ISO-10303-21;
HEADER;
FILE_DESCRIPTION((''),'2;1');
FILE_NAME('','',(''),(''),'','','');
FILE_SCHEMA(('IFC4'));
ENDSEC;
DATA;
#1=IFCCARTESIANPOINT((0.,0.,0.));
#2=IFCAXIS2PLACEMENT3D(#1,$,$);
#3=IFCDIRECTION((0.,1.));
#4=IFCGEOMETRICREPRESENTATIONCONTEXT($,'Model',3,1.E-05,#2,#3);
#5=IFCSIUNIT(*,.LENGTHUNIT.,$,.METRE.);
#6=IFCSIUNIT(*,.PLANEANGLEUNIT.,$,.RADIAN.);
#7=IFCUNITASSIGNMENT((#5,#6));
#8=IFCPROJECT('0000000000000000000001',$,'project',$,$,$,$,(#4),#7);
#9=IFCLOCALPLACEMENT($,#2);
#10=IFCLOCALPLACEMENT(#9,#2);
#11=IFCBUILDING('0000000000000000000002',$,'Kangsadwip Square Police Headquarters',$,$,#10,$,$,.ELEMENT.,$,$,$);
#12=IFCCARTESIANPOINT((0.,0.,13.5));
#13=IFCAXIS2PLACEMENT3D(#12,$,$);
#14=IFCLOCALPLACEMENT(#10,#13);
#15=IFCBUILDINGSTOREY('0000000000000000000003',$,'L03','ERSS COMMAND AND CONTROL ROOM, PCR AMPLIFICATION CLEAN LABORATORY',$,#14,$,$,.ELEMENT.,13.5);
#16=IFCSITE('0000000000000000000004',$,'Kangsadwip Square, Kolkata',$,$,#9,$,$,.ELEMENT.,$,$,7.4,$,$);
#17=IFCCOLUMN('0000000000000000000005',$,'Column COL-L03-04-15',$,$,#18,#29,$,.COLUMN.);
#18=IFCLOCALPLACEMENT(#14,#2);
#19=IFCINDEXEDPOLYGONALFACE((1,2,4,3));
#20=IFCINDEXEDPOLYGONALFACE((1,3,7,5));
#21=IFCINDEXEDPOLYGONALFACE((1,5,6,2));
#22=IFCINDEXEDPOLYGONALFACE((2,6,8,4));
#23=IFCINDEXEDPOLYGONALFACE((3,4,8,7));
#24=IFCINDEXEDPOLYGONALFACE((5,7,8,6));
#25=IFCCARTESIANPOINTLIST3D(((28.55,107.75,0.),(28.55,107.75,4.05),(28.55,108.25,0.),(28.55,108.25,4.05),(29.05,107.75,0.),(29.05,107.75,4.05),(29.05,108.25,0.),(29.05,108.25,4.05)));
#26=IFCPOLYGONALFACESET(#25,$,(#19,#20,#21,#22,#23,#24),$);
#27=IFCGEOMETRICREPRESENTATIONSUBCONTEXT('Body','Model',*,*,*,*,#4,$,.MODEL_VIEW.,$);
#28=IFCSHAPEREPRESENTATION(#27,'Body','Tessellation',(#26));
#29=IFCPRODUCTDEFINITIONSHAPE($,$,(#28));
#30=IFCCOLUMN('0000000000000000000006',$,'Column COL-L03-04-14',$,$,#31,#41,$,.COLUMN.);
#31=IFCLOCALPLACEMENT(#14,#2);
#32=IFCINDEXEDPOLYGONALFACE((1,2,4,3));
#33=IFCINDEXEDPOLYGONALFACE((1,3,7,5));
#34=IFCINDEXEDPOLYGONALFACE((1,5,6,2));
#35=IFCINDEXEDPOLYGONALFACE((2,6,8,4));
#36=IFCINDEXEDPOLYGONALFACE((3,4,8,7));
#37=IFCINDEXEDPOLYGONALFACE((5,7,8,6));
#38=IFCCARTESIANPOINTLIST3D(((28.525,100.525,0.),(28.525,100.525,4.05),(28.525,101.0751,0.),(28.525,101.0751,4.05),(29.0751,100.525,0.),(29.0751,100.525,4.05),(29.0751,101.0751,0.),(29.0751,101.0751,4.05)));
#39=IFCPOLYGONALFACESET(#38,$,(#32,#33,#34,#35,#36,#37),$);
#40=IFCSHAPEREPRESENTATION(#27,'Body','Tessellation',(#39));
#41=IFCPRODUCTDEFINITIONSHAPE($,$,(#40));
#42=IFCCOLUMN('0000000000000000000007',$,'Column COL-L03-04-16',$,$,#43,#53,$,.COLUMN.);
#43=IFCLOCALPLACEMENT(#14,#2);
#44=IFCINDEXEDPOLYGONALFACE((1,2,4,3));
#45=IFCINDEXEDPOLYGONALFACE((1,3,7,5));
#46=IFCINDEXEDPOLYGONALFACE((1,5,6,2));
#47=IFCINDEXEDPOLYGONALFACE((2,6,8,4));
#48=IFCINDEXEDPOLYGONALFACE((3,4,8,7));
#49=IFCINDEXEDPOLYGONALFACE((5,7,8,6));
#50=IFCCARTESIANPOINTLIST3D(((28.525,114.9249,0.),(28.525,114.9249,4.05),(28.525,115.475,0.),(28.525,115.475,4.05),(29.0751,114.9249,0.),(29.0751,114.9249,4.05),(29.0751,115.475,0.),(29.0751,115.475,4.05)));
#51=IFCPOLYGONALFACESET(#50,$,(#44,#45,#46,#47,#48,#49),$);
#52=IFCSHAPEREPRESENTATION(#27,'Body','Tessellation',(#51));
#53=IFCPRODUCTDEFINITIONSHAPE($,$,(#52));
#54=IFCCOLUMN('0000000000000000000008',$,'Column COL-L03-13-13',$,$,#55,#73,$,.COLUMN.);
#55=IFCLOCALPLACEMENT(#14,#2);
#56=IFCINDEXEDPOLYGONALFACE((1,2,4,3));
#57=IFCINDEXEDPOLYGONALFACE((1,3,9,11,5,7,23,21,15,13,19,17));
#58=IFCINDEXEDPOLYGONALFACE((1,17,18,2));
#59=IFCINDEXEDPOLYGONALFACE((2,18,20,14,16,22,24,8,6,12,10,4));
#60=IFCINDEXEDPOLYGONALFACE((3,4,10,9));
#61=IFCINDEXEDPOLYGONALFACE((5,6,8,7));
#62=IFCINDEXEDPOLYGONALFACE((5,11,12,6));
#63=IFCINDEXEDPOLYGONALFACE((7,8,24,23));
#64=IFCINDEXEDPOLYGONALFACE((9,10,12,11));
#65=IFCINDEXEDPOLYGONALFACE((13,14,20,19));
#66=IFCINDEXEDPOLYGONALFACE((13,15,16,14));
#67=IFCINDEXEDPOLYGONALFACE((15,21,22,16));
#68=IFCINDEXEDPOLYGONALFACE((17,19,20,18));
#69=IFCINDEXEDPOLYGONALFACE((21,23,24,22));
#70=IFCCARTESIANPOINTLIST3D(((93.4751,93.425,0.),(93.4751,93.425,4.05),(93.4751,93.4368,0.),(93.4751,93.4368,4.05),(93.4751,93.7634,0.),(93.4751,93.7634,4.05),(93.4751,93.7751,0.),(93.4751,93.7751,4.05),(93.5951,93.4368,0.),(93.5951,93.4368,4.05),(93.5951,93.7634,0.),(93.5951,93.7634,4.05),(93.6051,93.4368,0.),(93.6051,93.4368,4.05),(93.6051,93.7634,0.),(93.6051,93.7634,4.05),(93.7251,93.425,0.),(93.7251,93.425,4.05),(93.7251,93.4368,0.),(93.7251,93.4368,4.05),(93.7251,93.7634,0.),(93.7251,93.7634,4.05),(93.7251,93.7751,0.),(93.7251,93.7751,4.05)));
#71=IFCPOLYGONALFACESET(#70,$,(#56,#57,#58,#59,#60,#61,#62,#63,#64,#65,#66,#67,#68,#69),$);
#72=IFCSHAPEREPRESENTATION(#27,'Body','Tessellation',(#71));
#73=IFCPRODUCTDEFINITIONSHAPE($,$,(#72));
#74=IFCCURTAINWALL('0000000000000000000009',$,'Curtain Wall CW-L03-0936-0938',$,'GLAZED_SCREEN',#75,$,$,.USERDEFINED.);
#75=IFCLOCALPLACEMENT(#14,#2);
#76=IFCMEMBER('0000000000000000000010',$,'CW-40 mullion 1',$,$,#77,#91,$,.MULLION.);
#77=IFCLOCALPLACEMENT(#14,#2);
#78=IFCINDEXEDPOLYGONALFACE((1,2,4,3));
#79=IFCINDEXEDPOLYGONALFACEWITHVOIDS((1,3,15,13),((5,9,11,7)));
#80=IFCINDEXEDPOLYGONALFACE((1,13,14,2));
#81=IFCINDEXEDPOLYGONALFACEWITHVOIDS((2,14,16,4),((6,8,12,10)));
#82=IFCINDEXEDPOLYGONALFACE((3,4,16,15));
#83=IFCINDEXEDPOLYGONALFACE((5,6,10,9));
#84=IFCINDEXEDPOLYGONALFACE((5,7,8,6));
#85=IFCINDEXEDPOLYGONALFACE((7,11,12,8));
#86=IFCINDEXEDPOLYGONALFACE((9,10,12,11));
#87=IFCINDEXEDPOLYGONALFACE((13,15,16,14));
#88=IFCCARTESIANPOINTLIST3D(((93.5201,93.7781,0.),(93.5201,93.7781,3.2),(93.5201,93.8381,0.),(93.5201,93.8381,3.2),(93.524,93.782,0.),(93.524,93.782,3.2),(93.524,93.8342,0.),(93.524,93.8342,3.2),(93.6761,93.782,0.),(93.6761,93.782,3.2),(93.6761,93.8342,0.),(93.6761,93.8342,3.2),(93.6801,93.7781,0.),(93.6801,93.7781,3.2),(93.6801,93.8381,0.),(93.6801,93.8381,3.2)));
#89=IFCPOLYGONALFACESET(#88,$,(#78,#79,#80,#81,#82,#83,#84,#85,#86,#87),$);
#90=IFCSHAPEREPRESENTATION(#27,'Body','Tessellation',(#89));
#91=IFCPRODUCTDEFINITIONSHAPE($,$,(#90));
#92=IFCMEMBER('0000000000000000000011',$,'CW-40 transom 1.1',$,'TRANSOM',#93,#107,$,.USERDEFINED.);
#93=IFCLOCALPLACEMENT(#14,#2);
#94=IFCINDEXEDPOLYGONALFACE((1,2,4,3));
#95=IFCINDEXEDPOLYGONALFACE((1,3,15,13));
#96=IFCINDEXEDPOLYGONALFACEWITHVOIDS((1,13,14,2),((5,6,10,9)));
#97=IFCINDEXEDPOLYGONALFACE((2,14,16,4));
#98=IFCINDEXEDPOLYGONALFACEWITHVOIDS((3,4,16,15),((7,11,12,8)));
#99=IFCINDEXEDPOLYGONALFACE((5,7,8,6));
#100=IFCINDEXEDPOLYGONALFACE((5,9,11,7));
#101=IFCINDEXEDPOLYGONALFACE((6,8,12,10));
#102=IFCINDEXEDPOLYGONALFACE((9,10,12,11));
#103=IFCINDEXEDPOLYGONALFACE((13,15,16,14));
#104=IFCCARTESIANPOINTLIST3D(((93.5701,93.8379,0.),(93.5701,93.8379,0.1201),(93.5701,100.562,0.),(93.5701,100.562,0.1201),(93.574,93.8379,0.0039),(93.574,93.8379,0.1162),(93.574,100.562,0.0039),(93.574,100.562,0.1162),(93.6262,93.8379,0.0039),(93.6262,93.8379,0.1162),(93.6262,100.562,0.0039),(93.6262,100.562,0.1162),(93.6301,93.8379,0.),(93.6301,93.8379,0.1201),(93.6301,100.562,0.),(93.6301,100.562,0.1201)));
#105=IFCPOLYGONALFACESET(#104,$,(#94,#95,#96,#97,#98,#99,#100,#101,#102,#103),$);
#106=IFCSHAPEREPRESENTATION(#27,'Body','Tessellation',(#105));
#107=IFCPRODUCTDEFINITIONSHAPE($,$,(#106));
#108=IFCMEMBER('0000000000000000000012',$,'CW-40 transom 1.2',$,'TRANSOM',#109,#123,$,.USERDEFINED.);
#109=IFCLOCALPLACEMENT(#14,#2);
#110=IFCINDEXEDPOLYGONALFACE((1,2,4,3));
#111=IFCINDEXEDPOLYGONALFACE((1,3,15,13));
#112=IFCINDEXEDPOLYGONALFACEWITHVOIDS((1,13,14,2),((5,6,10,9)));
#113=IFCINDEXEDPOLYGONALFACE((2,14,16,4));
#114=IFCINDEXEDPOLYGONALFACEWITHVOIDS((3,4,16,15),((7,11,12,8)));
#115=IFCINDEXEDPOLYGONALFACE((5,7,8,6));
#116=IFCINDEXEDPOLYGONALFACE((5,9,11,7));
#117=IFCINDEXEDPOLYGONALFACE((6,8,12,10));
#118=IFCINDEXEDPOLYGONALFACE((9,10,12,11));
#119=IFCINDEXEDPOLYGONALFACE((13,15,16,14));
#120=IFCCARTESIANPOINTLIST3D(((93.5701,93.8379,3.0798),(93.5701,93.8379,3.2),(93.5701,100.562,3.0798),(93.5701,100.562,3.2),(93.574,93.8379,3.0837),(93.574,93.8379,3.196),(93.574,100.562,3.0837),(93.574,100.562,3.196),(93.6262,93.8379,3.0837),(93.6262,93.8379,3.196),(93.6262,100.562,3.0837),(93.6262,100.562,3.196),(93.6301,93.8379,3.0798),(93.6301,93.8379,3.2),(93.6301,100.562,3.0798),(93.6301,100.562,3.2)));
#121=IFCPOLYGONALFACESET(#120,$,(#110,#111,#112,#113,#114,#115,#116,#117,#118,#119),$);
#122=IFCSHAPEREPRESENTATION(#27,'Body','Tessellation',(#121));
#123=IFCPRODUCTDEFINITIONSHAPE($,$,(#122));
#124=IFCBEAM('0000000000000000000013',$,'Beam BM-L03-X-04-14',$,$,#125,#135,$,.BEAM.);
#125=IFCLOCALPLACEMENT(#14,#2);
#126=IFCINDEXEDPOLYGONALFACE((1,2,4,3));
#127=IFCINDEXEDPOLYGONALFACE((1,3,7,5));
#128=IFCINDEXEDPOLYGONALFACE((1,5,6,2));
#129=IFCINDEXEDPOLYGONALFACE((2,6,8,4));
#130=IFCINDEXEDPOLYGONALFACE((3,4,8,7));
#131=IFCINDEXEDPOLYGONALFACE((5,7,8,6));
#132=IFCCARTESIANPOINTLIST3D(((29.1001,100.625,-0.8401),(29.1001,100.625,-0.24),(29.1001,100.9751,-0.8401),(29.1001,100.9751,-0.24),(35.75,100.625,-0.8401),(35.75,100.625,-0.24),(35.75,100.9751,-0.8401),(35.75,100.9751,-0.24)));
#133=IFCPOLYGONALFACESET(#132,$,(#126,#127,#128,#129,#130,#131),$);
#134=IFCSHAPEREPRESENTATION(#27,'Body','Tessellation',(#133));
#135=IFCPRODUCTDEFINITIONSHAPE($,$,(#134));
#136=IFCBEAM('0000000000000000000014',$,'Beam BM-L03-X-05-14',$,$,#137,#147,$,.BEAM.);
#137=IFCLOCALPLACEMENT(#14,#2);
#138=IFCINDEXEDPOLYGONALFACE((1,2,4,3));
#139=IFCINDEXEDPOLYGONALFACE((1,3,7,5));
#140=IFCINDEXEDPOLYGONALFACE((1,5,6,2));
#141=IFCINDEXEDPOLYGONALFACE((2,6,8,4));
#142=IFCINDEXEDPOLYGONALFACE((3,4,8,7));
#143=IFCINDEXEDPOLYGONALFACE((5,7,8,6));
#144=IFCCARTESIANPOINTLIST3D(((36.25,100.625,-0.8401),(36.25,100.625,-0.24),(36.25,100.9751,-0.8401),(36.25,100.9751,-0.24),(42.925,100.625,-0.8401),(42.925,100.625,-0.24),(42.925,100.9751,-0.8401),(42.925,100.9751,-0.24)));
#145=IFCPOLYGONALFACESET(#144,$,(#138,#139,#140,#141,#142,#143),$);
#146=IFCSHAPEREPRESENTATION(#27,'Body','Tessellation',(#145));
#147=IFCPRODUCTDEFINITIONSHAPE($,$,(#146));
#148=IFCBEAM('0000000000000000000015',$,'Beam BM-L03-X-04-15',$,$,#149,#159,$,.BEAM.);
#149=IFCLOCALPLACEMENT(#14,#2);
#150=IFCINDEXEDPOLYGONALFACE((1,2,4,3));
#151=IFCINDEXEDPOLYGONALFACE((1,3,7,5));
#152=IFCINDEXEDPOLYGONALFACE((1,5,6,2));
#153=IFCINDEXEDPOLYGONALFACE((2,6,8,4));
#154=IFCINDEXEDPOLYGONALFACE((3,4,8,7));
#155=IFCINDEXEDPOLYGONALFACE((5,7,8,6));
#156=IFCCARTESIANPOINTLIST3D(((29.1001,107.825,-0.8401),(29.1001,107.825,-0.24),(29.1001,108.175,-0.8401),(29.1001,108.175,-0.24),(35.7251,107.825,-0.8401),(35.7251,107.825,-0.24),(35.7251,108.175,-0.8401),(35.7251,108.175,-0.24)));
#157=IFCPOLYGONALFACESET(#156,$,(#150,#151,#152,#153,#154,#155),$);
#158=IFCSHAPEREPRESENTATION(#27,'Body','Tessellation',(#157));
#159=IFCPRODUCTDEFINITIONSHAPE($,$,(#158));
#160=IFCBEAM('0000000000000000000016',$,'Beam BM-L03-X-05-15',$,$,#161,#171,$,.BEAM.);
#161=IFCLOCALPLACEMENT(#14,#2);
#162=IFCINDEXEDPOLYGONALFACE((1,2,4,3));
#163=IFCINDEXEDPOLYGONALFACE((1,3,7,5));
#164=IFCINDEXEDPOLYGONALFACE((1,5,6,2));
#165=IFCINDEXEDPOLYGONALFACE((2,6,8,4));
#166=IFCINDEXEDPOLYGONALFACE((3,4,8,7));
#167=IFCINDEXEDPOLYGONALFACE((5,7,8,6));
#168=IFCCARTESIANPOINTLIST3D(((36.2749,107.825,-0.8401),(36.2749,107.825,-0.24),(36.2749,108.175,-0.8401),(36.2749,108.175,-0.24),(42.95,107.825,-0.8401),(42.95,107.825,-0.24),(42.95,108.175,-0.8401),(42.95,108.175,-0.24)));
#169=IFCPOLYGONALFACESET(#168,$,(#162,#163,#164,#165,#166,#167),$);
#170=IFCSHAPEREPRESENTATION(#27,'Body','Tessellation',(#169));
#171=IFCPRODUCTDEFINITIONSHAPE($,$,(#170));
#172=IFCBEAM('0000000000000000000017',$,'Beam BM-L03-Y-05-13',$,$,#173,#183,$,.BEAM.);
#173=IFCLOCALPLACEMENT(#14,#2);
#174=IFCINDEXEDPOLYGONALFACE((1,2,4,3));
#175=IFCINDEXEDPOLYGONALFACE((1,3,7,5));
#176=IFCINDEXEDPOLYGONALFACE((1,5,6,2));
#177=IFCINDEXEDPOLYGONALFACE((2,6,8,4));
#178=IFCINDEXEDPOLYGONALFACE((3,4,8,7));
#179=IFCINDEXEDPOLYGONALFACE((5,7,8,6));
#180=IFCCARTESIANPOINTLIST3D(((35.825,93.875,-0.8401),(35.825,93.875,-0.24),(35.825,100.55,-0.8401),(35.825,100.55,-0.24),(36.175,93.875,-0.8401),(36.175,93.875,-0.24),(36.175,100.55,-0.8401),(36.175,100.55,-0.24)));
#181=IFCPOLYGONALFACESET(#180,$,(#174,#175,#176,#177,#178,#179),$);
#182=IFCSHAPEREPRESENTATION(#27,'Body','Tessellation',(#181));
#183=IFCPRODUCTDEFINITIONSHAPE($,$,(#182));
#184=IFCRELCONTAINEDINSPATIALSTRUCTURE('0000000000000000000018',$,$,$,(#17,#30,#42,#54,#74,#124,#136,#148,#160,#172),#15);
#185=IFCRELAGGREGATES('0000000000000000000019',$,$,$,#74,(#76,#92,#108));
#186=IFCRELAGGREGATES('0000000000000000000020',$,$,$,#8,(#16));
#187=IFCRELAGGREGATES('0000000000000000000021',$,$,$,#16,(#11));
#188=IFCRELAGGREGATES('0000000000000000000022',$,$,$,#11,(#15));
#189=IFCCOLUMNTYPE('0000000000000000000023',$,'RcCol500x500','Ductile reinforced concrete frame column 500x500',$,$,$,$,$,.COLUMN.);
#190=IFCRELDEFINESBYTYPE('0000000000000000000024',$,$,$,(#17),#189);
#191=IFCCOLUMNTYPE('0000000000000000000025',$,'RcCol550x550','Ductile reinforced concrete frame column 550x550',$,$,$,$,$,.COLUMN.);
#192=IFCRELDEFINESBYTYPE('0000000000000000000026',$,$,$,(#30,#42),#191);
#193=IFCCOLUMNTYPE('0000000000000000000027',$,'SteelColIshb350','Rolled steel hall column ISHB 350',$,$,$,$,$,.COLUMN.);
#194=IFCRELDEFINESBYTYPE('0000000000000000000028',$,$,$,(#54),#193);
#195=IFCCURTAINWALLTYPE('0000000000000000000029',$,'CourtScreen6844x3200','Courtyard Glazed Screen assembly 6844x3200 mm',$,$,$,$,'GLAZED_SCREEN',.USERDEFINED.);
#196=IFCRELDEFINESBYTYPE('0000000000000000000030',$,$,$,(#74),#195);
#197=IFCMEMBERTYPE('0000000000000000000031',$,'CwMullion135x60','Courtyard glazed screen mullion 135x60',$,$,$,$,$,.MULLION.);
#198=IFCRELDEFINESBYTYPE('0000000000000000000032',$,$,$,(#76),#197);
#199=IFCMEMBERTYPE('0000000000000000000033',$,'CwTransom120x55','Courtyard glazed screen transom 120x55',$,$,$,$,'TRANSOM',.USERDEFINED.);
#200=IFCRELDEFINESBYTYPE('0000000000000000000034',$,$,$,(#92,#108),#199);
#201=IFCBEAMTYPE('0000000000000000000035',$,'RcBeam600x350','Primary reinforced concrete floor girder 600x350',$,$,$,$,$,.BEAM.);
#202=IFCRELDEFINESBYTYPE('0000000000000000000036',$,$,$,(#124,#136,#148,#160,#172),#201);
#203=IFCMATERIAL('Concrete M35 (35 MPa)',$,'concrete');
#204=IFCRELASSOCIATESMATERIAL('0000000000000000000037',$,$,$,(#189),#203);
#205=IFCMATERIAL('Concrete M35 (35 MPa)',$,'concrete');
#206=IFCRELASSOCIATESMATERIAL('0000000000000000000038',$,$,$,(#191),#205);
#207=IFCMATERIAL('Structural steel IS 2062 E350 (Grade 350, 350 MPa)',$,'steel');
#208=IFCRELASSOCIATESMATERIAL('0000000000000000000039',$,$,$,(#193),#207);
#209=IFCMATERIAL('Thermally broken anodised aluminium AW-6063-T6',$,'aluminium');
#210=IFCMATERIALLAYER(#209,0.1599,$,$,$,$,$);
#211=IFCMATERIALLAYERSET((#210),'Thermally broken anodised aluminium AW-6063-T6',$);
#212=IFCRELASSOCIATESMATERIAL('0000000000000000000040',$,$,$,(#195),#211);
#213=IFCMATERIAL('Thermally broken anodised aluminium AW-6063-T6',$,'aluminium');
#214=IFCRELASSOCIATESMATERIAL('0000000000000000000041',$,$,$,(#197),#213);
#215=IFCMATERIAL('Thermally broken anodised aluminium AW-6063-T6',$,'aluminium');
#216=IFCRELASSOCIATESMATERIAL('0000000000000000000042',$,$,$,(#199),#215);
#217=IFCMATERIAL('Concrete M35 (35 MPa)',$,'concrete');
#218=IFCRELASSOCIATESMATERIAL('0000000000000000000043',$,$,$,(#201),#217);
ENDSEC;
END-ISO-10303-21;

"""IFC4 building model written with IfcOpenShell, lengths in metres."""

from ifc_helpers import new_model, si_unit, direction, frame, origin, origin_2d, place, context, subcontext, project, spatial, rectangle, hollow_rectangle, i_section, extrude, material, layer, layer_set, material_profile, profile_set, type_object, element, aggregate, save


model = new_model("IFC4")

# Units and contexts
model_context = context("Model", 3, precision=1e-05, world=origin(), true_north=direction((0.0, 1.0)))
body_context = subcontext(model_context, "Body", "Model", "MODEL_VIEW")
ifc_project = project(units=[si_unit("LENGTHUNIT", "METRE"), si_unit("PLANEANGLEUNIT", "RADIAN")], contexts=[model_context])

# Site, building, storey
site_placement = place(None, origin())
site = spatial("IfcSite", under=ifc_project, at=site_placement, Name="Kangsadwip Square, Kolkata", CompositionType="ELEMENT", RefElevation=7.4)
building_placement = place(site_placement, origin())
building = spatial("IfcBuilding", under=site, at=building_placement, Name="Kangsadwip Square Police Headquarters", CompositionType="ELEMENT")
storey_placement = place(building_placement, frame((0.0, 0.0, 13.5)))
storey = spatial("IfcBuildingStorey", under=building, at=storey_placement, Name="L03", Description="ERSS COMMAND AND CONTROL ROOM, PCR AMPLIFICATION CLEAN LABORATORY", CompositionType="ELEMENT", Elevation=13.5)

# Columns
ifc_material_1 = material(Name="Concrete M35 (35 MPa)", Category="concrete")
ifc_material_profile_1 = material_profile(ifc_material_1, rectangle(XDim=0.5, YDim=0.5, at=origin_2d()), Name="RC COL 500X500")
ifc_profile_set_1 = profile_set([ifc_material_profile_1], Name="Concrete M35 (35 MPa)")
column_type_1 = type_object("IfcColumnType", Name="RcCol500x500", Description="Ductile reinforced concrete frame column 500x500", PredefinedType="COLUMN", material=ifc_profile_set_1)
column_1_placement = place(storey_placement, frame((28.8, 108.0, 0.0), z_axis=(0.0, 0.0, 1.0), x_axis=(1.0, 0.0, 0.0)))
element("IfcColumn", 1, at=column_1_placement, inside=storey, type_object=column_type_1, Name="Column COL-L03-04-15", PredefinedType="COLUMN", context=body_context, shape_type="SweptSolid", body=[
    extrude(rectangle(XDim=0.5, YDim=0.5, at=origin_2d()), origin(), (0.0, 0.0, 1.0), 4.05),
])
ifc_material_2 = material(Name="Concrete M35 (35 MPa)", Category="concrete")
ifc_material_profile_2 = material_profile(ifc_material_2, rectangle(XDim=0.55, YDim=0.55, at=origin_2d()), Name="RC COL 550X550")
ifc_profile_set_2 = profile_set([ifc_material_profile_2], Name="Concrete M35 (35 MPa)")
column_type_2 = type_object("IfcColumnType", Name="RcCol550x550", Description="Ductile reinforced concrete frame column 550x550", PredefinedType="COLUMN", material=ifc_profile_set_2)
for number, where, z_axis, x_axis, name in (
    (2, (28.8, 100.8, 0.0), (0.0, 0.0, 1.0), (1.0, 0.0, 0.0), "Column COL-L03-04-14"),
    (3, (28.8, 115.2, 0.0), (0.0, 0.0, 1.0), (1.0, 0.0, 0.0), "Column COL-L03-04-16"),
):
    element("IfcColumn", number, at=place(storey_placement, frame(where, z_axis=z_axis, x_axis=x_axis)), inside=storey, type_object=column_type_2, Name=name, PredefinedType="COLUMN", context=body_context, shape_type="SweptSolid", body=[
        extrude(rectangle(XDim=0.55, YDim=0.55, at=origin_2d()), origin(), (0.0, 0.0, 1.0), 4.05),
    ])
ifc_material_3 = material(Name="Structural steel IS 2062 E350 (Grade 350, 350 MPa)", Category="steel")
ifc_material_profile_3 = material_profile(ifc_material_3, i_section(OverallWidth=0.25, OverallDepth=0.3501, WebThickness=0.01, FlangeThickness=0.0117, at=origin_2d()), Name="ISHB 350")
ifc_profile_set_3 = profile_set([ifc_material_profile_3], Name="Structural steel IS 2062 E350 (Grade 350, 350 MPa)")
column_type_3 = type_object("IfcColumnType", Name="SteelColIshb350", Description="Rolled steel hall column ISHB 350", PredefinedType="COLUMN", material=ifc_profile_set_3)
column_2_placement = place(storey_placement, frame((93.6001, 93.6001, 0.0), z_axis=(0.0, 0.0, 1.0), x_axis=(1.0, 0.0, 0.0)))
element("IfcColumn", 4, at=column_2_placement, inside=storey, type_object=column_type_3, Name="Column COL-L03-13-13", PredefinedType="COLUMN", context=body_context, shape_type="SweptSolid", body=[
    extrude(i_section(OverallWidth=0.25, OverallDepth=0.3501, WebThickness=0.01, FlangeThickness=0.0117, at=origin_2d()), origin(), (0.0, 0.0, 1.0), 4.05),
])

# Curtain wall, members
ifc_material_4 = material(Name="Thermally broken anodised aluminium AW-6063-T6", Category="aluminium")
ifc_layer_1 = layer(ifc_material_4, 0.1599)
ifc_layer_set_1 = layer_set([ifc_layer_1], Name="Thermally broken anodised aluminium AW-6063-T6")
curtain_wall_type = type_object("IfcCurtainWallType", Name="CourtScreen6844x3200", Description="Courtyard Glazed Screen assembly 6844x3200 mm", ElementType="GLAZED_SCREEN", PredefinedType="USERDEFINED", material=ifc_layer_set_1)
curtain_wall_placement = place(storey_placement, origin())
curtain_wall = element("IfcCurtainWall", 5, at=curtain_wall_placement, inside=storey, type_object=curtain_wall_type, Name="Curtain Wall CW-L03-0936-0938", ObjectType="GLAZED_SCREEN", PredefinedType="USERDEFINED")
ifc_material_5 = material(Name="Thermally broken anodised aluminium AW-6063-T6", Category="aluminium")
ifc_material_profile_4 = material_profile(ifc_material_5, hollow_rectangle(XDim=0.0601, YDim=0.1599, WallThickness=0.0039, at=origin_2d()), Name="CWM 160X60X4")
ifc_profile_set_4 = profile_set([ifc_material_profile_4], Name="Thermally broken anodised aluminium AW-6063-T6")
member_type_1 = type_object("IfcMemberType", Name="CwMullion135x60", Description="Courtyard glazed screen mullion 135x60", PredefinedType="MULLION", material=ifc_profile_set_4)
member_1_placement = place(storey_placement, frame((93.6001, 93.8081, 0.0), z_axis=(0.0, 0.0, 1.0), x_axis=(0.0, 1.0, 0.0)))
member_1 = element("IfcMember", 6, at=member_1_placement, type_object=member_type_1, Name="CW-40 mullion 1", PredefinedType="MULLION", context=body_context, shape_type="SweptSolid", body=[
    extrude(hollow_rectangle(XDim=0.0601, YDim=0.1599, WallThickness=0.0039, at=origin_2d()), origin(), (0.0, 0.0, 1.0), 3.2),
])
ifc_material_6 = material(Name="Thermally broken anodised aluminium AW-6063-T6", Category="aluminium")
ifc_material_profile_5 = material_profile(ifc_material_6, hollow_rectangle(XDim=0.0601, YDim=0.1201, WallThickness=0.0039, at=origin_2d()), Name="CWT 120X60X4")
ifc_profile_set_5 = profile_set([ifc_material_profile_5], Name="Thermally broken anodised aluminium AW-6063-T6")
member_type_2 = type_object("IfcMemberType", Name="CwTransom120x55", Description="Courtyard glazed screen transom 120x55", ElementType="TRANSOM", PredefinedType="USERDEFINED", material=ifc_profile_set_5)
member_2_placement = place(storey_placement, frame((93.6001, 93.8379, 0.0601), z_axis=(0.0, 1.0, 0.0), x_axis=(-1.0, 0.0, 0.0)))
member_2 = element("IfcMember", 7, at=member_2_placement, type_object=member_type_2, Name="CW-40 transom 1.1", ObjectType="TRANSOM", PredefinedType="USERDEFINED", context=body_context, shape_type="SweptSolid", body=[
    extrude(hollow_rectangle(XDim=0.0601, YDim=0.1201, WallThickness=0.0039, at=origin_2d()), origin(), (0.0, 0.0, 1.0), 6.7241),
])
member_3_placement = place(storey_placement, frame((93.6001, 93.8379, 3.1399), z_axis=(0.0, 1.0, 0.0), x_axis=(-1.0, 0.0, 0.0)))
member_3 = element("IfcMember", 8, at=member_3_placement, type_object=member_type_2, Name="CW-40 transom 1.2", ObjectType="TRANSOM", PredefinedType="USERDEFINED", context=body_context, shape_type="SweptSolid", body=[
    extrude(hollow_rectangle(XDim=0.0601, YDim=0.1201, WallThickness=0.0039, at=origin_2d()), origin(), (0.0, 0.0, 1.0), 6.7241),
])
aggregate(curtain_wall, [member_1, member_2, member_3])

# Beams
ifc_material_7 = material(Name="Concrete M35 (35 MPa)", Category="concrete")
ifc_material_profile_6 = material_profile(ifc_material_7, rectangle(XDim=0.3501, YDim=0.6001, at=origin_2d()), Name="RC BM 600X350")
ifc_profile_set_6 = profile_set([ifc_material_profile_6], Name="Concrete M35 (35 MPa)")
beam_type_1 = type_object("IfcBeamType", Name="RcBeam600x350", Description="Primary reinforced concrete floor girder 600x350", PredefinedType="BEAM", material=ifc_profile_set_6)
beam_1_placement = place(storey_placement, frame((29.1001, 100.8, -0.54), z_axis=(1.0, 0.0, 0.0), x_axis=(0.0, 1.0, 0.0)))
element("IfcBeam", 9, at=beam_1_placement, inside=storey, type_object=beam_type_1, Name="Beam BM-L03-X-04-14", PredefinedType="BEAM", context=body_context, shape_type="SweptSolid", body=[
    extrude(rectangle(XDim=0.3501, YDim=0.6001, at=origin_2d()), origin(), (0.0, 0.0, 1.0), 6.6499),
])
beam_2_placement = place(storey_placement, frame((36.25, 100.8, -0.54), z_axis=(1.0, 0.0, 0.0), x_axis=(0.0, 1.0, 0.0)))
element("IfcBeam", 10, at=beam_2_placement, inside=storey, type_object=beam_type_1, Name="Beam BM-L03-X-05-14", PredefinedType="BEAM", context=body_context, shape_type="SweptSolid", body=[
    extrude(rectangle(XDim=0.3501, YDim=0.6001, at=origin_2d()), origin(), (0.0, 0.0, 1.0), 6.675),
])
beam_3_placement = place(storey_placement, frame((29.1001, 108.0, -0.54), z_axis=(1.0, 0.0, 0.0), x_axis=(0.0, 1.0, 0.0)))
element("IfcBeam", 11, at=beam_3_placement, inside=storey, type_object=beam_type_1, Name="Beam BM-L03-X-04-15", PredefinedType="BEAM", context=body_context, shape_type="SweptSolid", body=[
    extrude(rectangle(XDim=0.3501, YDim=0.6001, at=origin_2d()), origin(), (0.0, 0.0, 1.0), 6.625),
])
for number, where, z_axis, x_axis, name in (
    (12, (36.2749, 108.0, -0.54), (1.0, 0.0, 0.0), (0.0, 1.0, 0.0), "Beam BM-L03-X-05-15"),
    (13, (36.0, 93.875, -0.54), (0.0, 1.0, 0.0), (-1.0, 0.0, 0.0), "Beam BM-L03-Y-05-13"),
):
    element("IfcBeam", number, at=place(storey_placement, frame(where, z_axis=z_axis, x_axis=x_axis)), inside=storey, type_object=beam_type_1, Name=name, PredefinedType="BEAM", context=body_context, shape_type="SweptSolid", body=[
        extrude(rectangle(XDim=0.3501, YDim=0.6001, at=origin_2d()), origin(), (0.0, 0.0, 1.0), 6.675),
    ])

save(model, "model.ifc")
